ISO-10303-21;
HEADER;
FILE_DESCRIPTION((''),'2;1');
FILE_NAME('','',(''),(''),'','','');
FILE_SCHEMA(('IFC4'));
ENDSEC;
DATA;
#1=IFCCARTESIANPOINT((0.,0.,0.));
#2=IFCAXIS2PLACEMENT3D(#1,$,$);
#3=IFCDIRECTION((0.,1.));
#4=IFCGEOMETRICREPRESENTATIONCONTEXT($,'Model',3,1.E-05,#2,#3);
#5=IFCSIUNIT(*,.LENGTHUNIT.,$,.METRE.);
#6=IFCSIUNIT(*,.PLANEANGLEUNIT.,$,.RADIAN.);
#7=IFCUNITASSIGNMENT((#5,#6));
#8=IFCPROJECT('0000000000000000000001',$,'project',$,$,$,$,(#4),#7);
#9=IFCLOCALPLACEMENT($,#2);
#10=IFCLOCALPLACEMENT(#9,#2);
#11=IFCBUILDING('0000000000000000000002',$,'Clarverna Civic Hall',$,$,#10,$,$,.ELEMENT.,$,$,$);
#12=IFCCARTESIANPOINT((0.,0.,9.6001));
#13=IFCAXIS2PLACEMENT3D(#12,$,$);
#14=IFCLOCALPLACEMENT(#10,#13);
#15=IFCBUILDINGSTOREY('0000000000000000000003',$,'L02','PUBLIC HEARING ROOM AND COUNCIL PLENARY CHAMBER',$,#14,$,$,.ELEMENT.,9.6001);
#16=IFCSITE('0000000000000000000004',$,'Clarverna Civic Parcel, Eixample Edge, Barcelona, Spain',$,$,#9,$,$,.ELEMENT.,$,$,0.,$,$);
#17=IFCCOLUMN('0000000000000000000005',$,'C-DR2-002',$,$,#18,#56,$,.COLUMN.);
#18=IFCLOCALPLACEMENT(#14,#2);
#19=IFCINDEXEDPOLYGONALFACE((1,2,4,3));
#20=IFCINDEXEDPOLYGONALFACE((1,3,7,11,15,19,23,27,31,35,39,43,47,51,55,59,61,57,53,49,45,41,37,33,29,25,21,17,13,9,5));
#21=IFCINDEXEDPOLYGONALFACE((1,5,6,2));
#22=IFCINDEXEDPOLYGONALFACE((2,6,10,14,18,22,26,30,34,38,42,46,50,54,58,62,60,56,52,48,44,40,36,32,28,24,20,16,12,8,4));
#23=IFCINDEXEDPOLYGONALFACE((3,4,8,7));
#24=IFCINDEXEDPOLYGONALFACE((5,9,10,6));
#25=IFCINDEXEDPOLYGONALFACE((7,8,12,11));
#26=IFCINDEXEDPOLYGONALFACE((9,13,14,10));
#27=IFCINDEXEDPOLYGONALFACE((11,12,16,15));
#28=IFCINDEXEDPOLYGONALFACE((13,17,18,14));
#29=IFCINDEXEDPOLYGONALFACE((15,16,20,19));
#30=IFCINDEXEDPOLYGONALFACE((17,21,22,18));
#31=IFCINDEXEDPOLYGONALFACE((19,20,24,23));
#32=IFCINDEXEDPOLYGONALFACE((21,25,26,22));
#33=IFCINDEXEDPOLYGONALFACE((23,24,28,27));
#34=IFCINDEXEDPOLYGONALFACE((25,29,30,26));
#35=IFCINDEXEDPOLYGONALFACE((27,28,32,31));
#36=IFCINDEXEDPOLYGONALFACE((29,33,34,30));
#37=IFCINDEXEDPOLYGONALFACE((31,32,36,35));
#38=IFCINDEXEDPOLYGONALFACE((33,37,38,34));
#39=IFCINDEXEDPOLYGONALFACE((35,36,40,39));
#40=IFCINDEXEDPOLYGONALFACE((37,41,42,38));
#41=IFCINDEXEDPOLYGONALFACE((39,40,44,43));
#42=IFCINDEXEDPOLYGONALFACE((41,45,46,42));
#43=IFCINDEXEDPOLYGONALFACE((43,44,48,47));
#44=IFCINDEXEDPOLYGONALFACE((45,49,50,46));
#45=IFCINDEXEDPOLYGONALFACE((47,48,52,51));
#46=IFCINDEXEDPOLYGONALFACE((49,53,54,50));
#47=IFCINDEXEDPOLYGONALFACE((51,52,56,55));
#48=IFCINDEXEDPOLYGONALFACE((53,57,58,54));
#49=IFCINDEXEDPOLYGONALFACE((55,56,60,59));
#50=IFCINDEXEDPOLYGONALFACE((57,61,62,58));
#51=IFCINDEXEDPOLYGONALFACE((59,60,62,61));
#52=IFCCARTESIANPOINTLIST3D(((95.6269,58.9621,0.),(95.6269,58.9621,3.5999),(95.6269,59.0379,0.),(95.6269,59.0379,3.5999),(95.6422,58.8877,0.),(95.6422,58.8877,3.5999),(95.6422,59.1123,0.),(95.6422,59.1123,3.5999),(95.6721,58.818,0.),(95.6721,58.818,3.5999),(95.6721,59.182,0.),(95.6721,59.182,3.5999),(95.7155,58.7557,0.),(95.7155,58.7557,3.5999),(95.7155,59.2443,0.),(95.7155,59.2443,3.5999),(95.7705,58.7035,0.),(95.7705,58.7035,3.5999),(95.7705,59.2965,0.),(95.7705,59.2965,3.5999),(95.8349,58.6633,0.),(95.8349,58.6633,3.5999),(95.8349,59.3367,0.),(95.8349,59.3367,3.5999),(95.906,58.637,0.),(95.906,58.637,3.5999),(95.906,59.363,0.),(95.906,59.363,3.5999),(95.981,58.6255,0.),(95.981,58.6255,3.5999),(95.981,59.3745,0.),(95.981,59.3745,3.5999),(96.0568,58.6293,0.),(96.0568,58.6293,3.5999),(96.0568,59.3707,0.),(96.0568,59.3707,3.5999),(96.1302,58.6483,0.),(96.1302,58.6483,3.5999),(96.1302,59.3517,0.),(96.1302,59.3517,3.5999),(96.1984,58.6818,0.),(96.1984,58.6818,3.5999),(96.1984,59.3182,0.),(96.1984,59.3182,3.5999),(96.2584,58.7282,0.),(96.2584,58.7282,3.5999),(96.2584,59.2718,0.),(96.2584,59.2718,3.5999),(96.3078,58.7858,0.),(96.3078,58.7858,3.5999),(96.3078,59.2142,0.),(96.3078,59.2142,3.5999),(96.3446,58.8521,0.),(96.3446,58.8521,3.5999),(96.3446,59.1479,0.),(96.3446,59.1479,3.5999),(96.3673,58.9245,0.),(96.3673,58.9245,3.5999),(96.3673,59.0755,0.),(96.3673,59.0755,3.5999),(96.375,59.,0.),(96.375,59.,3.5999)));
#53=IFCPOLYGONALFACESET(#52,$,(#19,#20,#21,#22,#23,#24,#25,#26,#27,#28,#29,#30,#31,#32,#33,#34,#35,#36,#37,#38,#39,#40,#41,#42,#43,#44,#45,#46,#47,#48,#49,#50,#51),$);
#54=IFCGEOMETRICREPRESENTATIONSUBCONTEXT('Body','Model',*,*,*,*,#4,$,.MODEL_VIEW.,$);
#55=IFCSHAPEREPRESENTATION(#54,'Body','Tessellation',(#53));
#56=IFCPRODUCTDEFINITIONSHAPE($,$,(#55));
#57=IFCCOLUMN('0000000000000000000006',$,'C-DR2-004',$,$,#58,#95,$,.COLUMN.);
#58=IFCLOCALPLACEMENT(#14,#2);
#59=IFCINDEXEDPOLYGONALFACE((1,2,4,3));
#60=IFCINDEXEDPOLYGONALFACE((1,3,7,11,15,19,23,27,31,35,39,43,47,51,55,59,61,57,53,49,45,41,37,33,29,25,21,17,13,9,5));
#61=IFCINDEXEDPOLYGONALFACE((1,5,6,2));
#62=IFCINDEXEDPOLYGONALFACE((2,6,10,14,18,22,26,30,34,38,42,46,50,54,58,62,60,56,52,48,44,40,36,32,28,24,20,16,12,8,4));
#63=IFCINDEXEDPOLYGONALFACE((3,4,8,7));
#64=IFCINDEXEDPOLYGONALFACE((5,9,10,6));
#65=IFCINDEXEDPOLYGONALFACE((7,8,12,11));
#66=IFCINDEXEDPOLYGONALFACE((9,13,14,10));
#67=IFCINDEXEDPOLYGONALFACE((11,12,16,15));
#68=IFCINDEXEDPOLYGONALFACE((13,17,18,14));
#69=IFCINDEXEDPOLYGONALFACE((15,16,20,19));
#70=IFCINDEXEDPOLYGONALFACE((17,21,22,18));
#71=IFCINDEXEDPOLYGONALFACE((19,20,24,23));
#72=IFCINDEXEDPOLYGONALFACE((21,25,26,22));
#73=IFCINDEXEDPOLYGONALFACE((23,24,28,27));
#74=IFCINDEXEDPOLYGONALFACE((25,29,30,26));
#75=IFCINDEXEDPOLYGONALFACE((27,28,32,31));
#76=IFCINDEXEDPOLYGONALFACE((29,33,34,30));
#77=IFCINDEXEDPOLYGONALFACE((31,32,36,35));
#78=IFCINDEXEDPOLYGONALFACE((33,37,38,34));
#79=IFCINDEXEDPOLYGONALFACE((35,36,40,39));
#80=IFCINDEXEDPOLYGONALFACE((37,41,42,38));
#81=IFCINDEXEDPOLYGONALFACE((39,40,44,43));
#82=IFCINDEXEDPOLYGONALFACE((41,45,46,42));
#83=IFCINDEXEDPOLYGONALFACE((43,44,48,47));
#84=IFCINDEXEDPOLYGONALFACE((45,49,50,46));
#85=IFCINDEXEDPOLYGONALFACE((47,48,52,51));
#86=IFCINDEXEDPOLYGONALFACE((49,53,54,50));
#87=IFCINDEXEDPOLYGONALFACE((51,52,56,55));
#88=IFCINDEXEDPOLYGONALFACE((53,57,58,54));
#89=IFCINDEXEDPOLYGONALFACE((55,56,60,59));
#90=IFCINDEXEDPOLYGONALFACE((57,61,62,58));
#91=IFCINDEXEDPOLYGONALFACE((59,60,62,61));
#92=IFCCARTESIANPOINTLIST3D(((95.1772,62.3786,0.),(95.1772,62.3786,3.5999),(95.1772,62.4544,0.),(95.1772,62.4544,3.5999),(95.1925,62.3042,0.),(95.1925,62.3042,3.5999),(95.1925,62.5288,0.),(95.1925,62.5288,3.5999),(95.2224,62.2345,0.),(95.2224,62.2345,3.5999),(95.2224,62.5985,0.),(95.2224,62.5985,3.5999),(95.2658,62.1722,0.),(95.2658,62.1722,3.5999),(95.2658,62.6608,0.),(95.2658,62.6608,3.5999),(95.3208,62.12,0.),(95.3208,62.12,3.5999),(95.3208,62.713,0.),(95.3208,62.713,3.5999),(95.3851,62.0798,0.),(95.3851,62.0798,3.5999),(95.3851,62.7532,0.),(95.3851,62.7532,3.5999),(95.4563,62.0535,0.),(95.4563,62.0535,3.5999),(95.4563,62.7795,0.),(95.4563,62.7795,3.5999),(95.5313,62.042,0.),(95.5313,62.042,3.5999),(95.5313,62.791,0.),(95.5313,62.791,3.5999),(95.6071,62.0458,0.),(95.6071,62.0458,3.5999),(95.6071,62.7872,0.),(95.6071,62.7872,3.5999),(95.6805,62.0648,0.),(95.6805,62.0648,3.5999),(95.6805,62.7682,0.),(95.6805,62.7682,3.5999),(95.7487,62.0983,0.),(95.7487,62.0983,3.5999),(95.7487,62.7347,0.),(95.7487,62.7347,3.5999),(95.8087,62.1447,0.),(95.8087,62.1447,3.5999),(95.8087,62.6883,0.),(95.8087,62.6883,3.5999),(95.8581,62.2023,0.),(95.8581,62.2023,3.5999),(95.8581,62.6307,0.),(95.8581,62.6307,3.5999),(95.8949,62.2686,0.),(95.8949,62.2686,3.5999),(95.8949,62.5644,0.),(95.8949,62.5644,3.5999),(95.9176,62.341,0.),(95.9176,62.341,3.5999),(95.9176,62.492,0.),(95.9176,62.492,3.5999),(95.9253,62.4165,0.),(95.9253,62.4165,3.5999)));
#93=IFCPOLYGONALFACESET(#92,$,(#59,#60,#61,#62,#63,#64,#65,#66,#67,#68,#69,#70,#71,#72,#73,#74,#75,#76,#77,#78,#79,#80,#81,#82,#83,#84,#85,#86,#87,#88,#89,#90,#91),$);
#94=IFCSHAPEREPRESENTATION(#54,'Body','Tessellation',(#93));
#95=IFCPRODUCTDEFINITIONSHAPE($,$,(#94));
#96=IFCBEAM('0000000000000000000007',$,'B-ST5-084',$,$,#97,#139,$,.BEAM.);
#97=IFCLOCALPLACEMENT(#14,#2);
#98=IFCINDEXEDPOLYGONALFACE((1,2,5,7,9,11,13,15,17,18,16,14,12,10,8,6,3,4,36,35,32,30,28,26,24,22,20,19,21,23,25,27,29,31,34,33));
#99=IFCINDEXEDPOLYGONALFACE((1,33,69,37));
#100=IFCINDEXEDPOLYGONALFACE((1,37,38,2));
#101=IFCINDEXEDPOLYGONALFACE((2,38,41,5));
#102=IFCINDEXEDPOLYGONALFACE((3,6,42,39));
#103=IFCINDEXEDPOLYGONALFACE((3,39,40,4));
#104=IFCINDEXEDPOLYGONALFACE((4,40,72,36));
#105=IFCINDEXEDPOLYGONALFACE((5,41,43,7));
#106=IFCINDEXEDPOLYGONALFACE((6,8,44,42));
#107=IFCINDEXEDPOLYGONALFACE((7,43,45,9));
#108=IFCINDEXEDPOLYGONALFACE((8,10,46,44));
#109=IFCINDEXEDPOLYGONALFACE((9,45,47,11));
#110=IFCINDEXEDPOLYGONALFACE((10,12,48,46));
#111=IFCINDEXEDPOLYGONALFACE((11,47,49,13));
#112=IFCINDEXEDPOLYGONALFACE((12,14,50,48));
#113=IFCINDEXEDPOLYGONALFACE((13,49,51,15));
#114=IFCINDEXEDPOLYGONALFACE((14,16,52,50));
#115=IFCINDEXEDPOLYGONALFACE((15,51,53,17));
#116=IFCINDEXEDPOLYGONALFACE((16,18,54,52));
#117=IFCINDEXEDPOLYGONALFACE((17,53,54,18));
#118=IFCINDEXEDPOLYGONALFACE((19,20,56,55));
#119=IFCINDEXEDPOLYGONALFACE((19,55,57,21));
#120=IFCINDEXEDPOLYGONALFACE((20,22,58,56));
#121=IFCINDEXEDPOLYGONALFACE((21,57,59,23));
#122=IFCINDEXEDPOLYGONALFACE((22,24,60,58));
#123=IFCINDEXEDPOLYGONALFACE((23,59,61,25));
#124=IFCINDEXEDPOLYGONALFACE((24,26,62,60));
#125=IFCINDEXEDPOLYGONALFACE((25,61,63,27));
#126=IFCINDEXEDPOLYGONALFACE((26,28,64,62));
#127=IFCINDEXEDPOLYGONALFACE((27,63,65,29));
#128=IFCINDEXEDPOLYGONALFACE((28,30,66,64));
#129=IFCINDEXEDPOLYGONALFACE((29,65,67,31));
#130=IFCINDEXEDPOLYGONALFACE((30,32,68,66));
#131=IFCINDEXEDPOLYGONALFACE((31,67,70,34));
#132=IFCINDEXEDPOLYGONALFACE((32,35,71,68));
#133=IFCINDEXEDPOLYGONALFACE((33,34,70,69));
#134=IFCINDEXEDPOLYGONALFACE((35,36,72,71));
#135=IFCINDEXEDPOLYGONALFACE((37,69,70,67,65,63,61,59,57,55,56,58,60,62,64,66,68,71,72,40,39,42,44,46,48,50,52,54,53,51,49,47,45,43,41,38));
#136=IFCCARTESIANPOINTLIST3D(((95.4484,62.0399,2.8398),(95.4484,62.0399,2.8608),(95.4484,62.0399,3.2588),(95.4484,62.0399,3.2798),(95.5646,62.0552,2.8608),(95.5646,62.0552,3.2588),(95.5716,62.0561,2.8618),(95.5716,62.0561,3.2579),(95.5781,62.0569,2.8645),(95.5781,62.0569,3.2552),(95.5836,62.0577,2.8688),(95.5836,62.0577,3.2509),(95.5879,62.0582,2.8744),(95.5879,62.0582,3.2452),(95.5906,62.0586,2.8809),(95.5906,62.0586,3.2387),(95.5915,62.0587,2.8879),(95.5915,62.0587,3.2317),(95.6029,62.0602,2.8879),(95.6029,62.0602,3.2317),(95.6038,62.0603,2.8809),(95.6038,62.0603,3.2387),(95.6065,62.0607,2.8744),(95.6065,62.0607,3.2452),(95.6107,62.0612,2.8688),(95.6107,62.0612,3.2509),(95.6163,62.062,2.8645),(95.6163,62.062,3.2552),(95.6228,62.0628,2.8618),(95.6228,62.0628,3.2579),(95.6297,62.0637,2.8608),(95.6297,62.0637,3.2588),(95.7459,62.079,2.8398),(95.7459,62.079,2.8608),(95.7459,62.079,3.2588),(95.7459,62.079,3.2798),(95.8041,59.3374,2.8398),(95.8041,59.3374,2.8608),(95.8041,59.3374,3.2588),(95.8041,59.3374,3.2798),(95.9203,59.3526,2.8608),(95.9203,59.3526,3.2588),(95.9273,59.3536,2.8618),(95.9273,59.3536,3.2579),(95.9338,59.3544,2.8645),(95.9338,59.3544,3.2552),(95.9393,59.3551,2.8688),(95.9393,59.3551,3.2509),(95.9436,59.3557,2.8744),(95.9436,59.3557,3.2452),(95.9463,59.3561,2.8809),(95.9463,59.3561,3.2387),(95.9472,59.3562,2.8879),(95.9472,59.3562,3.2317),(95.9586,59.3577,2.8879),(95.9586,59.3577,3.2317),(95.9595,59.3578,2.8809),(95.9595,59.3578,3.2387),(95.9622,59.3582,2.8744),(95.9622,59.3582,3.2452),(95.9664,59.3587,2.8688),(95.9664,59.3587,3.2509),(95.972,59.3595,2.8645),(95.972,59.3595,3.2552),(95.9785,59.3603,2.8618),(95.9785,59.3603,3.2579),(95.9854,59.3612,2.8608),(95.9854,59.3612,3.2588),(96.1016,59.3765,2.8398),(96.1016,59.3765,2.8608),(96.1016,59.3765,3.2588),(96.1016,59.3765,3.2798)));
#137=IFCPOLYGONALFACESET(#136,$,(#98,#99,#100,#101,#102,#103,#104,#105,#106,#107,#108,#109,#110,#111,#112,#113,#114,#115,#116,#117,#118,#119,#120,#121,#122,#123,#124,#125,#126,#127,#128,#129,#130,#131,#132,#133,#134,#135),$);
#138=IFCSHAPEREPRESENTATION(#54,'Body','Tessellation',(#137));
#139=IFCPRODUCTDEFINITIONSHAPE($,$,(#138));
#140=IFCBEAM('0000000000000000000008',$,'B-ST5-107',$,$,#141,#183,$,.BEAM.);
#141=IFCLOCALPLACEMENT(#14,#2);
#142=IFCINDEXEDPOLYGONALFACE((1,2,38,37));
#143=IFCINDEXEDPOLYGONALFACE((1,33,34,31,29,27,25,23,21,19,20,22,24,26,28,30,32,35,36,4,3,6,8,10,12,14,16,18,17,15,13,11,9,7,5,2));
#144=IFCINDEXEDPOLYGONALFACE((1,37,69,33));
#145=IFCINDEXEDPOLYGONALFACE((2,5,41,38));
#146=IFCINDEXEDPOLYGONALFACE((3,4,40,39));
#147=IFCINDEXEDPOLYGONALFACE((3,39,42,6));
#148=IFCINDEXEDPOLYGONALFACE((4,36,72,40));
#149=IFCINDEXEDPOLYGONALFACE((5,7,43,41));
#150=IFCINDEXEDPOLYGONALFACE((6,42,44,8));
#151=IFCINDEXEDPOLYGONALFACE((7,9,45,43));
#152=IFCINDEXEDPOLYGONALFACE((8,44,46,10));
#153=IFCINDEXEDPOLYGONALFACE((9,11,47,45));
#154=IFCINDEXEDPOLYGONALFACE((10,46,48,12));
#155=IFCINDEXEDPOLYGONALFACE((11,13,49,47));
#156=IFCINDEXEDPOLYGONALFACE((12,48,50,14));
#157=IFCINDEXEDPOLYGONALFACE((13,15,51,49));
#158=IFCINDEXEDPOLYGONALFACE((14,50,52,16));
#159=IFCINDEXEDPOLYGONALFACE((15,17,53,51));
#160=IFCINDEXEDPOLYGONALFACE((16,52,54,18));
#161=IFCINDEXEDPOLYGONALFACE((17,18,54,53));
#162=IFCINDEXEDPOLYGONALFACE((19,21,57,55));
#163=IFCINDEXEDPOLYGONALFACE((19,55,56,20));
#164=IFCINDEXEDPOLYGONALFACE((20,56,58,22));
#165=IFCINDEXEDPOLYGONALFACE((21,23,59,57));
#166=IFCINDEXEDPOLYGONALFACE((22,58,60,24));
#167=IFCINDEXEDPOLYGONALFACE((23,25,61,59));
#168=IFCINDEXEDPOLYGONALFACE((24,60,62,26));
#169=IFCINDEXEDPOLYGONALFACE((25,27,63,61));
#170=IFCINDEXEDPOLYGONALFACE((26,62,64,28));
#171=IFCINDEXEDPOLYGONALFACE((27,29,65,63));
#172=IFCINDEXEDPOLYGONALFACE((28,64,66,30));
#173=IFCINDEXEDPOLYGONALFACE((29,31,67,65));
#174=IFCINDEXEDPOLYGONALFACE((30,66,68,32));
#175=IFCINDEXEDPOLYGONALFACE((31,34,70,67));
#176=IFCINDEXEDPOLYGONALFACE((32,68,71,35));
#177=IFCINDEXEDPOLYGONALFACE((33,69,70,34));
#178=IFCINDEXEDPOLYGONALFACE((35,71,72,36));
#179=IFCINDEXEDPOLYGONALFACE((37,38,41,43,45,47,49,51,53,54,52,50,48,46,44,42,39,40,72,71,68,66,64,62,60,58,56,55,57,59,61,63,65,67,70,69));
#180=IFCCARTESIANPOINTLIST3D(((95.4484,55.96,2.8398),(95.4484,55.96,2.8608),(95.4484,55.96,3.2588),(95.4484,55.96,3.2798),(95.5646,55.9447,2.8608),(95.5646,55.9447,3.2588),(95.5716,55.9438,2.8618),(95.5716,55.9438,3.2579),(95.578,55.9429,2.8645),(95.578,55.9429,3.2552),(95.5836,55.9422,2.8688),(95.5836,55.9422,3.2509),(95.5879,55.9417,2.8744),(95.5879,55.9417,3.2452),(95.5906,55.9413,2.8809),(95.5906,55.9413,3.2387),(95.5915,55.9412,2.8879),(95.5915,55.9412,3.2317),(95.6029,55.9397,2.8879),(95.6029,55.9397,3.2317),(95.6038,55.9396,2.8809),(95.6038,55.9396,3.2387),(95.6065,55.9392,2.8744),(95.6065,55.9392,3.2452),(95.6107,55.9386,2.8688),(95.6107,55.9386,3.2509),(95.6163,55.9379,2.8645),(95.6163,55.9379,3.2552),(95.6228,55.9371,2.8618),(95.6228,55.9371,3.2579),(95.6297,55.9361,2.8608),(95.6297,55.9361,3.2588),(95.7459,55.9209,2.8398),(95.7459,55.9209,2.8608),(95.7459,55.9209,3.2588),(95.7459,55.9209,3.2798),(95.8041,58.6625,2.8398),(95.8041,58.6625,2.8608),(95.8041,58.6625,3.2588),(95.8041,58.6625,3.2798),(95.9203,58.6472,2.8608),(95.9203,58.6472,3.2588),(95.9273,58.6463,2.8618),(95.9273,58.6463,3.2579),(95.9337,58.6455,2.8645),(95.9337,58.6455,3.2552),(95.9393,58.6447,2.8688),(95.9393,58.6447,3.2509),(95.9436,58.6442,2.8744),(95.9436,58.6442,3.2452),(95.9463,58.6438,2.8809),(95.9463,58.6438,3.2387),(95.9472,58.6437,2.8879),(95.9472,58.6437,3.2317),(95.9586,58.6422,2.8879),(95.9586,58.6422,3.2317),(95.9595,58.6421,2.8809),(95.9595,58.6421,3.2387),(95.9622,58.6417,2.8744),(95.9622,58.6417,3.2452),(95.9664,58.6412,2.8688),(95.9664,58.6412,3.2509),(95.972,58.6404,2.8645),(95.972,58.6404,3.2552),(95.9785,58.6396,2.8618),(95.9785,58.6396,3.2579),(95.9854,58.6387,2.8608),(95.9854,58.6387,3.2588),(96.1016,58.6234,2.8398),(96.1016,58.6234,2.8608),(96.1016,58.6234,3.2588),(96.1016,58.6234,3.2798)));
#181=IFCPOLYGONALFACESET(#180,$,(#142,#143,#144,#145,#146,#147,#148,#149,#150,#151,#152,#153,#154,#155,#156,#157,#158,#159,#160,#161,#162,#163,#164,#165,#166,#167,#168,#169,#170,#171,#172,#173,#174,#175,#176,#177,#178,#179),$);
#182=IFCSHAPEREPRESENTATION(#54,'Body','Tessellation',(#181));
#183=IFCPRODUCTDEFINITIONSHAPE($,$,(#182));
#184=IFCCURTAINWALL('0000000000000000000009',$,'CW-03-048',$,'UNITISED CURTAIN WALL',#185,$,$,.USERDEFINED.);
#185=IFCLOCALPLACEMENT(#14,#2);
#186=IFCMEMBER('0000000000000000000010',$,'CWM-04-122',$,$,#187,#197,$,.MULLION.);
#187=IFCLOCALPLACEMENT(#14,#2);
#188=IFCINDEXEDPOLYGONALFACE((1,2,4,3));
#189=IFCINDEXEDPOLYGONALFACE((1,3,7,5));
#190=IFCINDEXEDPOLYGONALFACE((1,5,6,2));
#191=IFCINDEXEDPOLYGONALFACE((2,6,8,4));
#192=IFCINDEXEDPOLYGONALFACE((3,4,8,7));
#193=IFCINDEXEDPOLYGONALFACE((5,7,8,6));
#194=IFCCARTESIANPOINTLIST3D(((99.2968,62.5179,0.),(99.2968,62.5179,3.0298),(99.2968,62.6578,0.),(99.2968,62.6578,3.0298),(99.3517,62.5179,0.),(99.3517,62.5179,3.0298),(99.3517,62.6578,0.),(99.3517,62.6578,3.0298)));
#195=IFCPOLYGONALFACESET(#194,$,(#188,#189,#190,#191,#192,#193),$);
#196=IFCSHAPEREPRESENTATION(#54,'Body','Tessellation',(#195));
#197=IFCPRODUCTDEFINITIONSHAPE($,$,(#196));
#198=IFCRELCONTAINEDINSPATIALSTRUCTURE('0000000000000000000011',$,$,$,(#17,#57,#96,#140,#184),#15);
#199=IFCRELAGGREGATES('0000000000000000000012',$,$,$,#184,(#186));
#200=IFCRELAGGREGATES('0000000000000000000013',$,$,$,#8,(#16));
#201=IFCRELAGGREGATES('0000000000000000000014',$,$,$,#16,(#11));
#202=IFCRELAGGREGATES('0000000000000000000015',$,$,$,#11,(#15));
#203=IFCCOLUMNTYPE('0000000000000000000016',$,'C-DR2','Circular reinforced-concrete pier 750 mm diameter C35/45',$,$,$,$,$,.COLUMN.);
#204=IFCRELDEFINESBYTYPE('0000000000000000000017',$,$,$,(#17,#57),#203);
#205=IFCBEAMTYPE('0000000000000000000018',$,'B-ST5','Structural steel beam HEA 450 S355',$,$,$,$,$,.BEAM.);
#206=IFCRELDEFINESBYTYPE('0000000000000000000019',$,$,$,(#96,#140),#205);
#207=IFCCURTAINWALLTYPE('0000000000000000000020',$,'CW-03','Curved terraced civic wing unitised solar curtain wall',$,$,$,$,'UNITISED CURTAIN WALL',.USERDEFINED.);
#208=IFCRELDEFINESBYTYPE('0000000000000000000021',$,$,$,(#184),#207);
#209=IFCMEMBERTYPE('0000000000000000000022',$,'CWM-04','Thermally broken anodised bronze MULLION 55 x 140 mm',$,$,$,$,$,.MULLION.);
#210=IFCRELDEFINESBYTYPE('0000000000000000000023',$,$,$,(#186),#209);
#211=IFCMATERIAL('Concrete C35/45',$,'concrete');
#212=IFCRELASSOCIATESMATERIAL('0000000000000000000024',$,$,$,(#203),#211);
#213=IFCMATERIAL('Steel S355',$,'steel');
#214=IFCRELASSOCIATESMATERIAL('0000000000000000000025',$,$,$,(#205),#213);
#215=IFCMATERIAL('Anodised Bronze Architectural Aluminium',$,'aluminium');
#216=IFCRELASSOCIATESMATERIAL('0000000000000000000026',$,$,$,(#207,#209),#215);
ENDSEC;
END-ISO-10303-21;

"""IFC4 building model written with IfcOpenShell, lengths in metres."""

from ifc_helpers import new_model, si_unit, direction, frame, origin, origin_2d, place, context, subcontext, project, spatial, rectangle, circle, i_section, extrude, material, material_profile, profile_set, type_object, element, aggregate, save


model = new_model("IFC4")

# Units and contexts
model_context = context("Model", 3, precision=1e-05, world=origin(), true_north=direction((0.0, 1.0)))
body_context = subcontext(model_context, "Body", "Model", "MODEL_VIEW")
ifc_project = project(units=[si_unit("LENGTHUNIT", "METRE"), si_unit("PLANEANGLEUNIT", "RADIAN")], contexts=[model_context])

# Site, building, storey
site_placement = place(None, origin())
site = spatial("IfcSite", under=ifc_project, at=site_placement, Name="Clarverna Civic Parcel, Eixample Edge, Barcelona, Spain", CompositionType="ELEMENT", RefElevation=0.0)
building_placement = place(site_placement, origin())
building = spatial("IfcBuilding", under=site, at=building_placement, Name="Clarverna Civic Hall", CompositionType="ELEMENT")
storey_placement = place(building_placement, frame((0.0, 0.0, 9.6001)))
storey = spatial("IfcBuildingStorey", under=building, at=storey_placement, Name="L02", Description="PUBLIC HEARING ROOM AND COUNCIL PLENARY CHAMBER", CompositionType="ELEMENT", Elevation=9.6001)

# Columns
ifc_material_1 = material(Name="Concrete C35/45", Category="concrete")
ifc_material_profile_1 = material_profile(ifc_material_1, circle(Radius=0.375, at=origin_2d()), Name="RC D750")
ifc_profile_set_1 = profile_set([ifc_material_profile_1], Name="Concrete C35/45")
column_type = type_object("IfcColumnType", Name="C-DR2", Description="Circular reinforced-concrete pier 750 mm diameter C35/45", PredefinedType="COLUMN", material=ifc_profile_set_1)
for number, where, z_axis, x_axis, name in (
    (1, (96.0, 59.0, 0.0), (0.0, 0.0, 1.0), (1.0, 0.0, 0.0), "C-DR2-002"),
    (2, (95.5503, 62.4165, 0.0), (0.0, 0.0, 1.0), (1.0, 0.0, 0.0), "C-DR2-004"),
):
    element("IfcColumn", number, at=place(storey_placement, frame(where, z_axis=z_axis, x_axis=x_axis)), inside=storey, type_object=column_type, Name=name, PredefinedType="COLUMN", context=body_context, shape_type="SweptSolid", body=[
        extrude(circle(Radius=0.375, at=origin_2d()), origin(), (0.0, 0.0, 1.0), 3.5999),
    ])

# Beams
ifc_material_2 = material(Name="Steel S355", Category="steel")
ifc_material_profile_2 = material_profile(ifc_material_2, i_section(OverallWidth=0.3, OverallDepth=0.4399, WebThickness=0.0115, FlangeThickness=0.021, FilletRadius=0.0271, at=origin_2d()), Name="HEA 450")
ifc_profile_set_2 = profile_set([ifc_material_profile_2], Name="Steel S355")
beam_type = type_object("IfcBeamType", Name="B-ST5", Description="Structural steel beam HEA 450 S355", PredefinedType="BEAM", material=ifc_profile_set_2)
for number, where, z_axis, x_axis, name in (
    (3, (95.9529, 59.3569, 3.0598), (-0.130492, 0.991449, 0.0), (-0.991449, -0.130492, 0.0), "B-ST5-084"),
    (4, (95.5972, 55.9404, 3.0598), (0.130492, 0.991449, 0.0), (-0.991449, 0.130492, 0.0), "B-ST5-107"),
):
    element("IfcBeam", number, at=place(storey_placement, frame(where, z_axis=z_axis, x_axis=x_axis)), inside=storey, type_object=beam_type, Name=name, PredefinedType="BEAM", context=body_context, shape_type="SweptSolid", body=[
        extrude(i_section(OverallWidth=0.3, OverallDepth=0.4399, WebThickness=0.0115, FlangeThickness=0.021, FilletRadius=0.0271, at=origin_2d()), origin(), (0.0, 0.0, 1.0), 2.7258),
    ])

# Curtain wall, member
ifc_material_3 = material(Name="Anodised Bronze Architectural Aluminium", Category="aluminium")
curtain_wall_type = type_object("IfcCurtainWallType", Name="CW-03", Description="Curved terraced civic wing unitised solar curtain wall", ElementType="UNITISED CURTAIN WALL", PredefinedType="USERDEFINED", material=ifc_material_3)
curtain_wall_placement = place(storey_placement, origin())
curtain_wall = element("IfcCurtainWall", 5, at=curtain_wall_placement, inside=storey, type_object=curtain_wall_type, Name="CW-03-048", ObjectType="UNITISED CURTAIN WALL", PredefinedType="USERDEFINED")
ifc_material_profile_3 = material_profile(ifc_material_3, rectangle(XDim=0.0549, YDim=0.1399, at=origin_2d()), Name="BRONZE 55x140")
ifc_profile_set_3 = profile_set([ifc_material_profile_3], Name="Anodised Bronze Architectural Aluminium")
member_type_1 = type_object("IfcMemberType", Name="CWM-04", Description="Thermally broken anodised bronze MULLION 55 x 140 mm", PredefinedType="MULLION", material=ifc_profile_set_3)
member_1_placement = place(storey_placement, frame((99.3242, 62.5879, 0.0), z_axis=(0.0, 0.0, 1.0), x_axis=(1.0, 0.0, 0.0)))
member_1 = element("IfcMember", 6, at=member_1_placement, type_object=member_type_1, Name="CWM-04-122", PredefinedType="MULLION", context=body_context, shape_type="SweptSolid", body=[
    extrude(rectangle(XDim=0.0549, YDim=0.1399, at=origin_2d()), origin(), (0.0, 0.0, 1.0), 3.0298),
])
aggregate(curtain_wall, [member_1])

save(model, "model.ifc")
